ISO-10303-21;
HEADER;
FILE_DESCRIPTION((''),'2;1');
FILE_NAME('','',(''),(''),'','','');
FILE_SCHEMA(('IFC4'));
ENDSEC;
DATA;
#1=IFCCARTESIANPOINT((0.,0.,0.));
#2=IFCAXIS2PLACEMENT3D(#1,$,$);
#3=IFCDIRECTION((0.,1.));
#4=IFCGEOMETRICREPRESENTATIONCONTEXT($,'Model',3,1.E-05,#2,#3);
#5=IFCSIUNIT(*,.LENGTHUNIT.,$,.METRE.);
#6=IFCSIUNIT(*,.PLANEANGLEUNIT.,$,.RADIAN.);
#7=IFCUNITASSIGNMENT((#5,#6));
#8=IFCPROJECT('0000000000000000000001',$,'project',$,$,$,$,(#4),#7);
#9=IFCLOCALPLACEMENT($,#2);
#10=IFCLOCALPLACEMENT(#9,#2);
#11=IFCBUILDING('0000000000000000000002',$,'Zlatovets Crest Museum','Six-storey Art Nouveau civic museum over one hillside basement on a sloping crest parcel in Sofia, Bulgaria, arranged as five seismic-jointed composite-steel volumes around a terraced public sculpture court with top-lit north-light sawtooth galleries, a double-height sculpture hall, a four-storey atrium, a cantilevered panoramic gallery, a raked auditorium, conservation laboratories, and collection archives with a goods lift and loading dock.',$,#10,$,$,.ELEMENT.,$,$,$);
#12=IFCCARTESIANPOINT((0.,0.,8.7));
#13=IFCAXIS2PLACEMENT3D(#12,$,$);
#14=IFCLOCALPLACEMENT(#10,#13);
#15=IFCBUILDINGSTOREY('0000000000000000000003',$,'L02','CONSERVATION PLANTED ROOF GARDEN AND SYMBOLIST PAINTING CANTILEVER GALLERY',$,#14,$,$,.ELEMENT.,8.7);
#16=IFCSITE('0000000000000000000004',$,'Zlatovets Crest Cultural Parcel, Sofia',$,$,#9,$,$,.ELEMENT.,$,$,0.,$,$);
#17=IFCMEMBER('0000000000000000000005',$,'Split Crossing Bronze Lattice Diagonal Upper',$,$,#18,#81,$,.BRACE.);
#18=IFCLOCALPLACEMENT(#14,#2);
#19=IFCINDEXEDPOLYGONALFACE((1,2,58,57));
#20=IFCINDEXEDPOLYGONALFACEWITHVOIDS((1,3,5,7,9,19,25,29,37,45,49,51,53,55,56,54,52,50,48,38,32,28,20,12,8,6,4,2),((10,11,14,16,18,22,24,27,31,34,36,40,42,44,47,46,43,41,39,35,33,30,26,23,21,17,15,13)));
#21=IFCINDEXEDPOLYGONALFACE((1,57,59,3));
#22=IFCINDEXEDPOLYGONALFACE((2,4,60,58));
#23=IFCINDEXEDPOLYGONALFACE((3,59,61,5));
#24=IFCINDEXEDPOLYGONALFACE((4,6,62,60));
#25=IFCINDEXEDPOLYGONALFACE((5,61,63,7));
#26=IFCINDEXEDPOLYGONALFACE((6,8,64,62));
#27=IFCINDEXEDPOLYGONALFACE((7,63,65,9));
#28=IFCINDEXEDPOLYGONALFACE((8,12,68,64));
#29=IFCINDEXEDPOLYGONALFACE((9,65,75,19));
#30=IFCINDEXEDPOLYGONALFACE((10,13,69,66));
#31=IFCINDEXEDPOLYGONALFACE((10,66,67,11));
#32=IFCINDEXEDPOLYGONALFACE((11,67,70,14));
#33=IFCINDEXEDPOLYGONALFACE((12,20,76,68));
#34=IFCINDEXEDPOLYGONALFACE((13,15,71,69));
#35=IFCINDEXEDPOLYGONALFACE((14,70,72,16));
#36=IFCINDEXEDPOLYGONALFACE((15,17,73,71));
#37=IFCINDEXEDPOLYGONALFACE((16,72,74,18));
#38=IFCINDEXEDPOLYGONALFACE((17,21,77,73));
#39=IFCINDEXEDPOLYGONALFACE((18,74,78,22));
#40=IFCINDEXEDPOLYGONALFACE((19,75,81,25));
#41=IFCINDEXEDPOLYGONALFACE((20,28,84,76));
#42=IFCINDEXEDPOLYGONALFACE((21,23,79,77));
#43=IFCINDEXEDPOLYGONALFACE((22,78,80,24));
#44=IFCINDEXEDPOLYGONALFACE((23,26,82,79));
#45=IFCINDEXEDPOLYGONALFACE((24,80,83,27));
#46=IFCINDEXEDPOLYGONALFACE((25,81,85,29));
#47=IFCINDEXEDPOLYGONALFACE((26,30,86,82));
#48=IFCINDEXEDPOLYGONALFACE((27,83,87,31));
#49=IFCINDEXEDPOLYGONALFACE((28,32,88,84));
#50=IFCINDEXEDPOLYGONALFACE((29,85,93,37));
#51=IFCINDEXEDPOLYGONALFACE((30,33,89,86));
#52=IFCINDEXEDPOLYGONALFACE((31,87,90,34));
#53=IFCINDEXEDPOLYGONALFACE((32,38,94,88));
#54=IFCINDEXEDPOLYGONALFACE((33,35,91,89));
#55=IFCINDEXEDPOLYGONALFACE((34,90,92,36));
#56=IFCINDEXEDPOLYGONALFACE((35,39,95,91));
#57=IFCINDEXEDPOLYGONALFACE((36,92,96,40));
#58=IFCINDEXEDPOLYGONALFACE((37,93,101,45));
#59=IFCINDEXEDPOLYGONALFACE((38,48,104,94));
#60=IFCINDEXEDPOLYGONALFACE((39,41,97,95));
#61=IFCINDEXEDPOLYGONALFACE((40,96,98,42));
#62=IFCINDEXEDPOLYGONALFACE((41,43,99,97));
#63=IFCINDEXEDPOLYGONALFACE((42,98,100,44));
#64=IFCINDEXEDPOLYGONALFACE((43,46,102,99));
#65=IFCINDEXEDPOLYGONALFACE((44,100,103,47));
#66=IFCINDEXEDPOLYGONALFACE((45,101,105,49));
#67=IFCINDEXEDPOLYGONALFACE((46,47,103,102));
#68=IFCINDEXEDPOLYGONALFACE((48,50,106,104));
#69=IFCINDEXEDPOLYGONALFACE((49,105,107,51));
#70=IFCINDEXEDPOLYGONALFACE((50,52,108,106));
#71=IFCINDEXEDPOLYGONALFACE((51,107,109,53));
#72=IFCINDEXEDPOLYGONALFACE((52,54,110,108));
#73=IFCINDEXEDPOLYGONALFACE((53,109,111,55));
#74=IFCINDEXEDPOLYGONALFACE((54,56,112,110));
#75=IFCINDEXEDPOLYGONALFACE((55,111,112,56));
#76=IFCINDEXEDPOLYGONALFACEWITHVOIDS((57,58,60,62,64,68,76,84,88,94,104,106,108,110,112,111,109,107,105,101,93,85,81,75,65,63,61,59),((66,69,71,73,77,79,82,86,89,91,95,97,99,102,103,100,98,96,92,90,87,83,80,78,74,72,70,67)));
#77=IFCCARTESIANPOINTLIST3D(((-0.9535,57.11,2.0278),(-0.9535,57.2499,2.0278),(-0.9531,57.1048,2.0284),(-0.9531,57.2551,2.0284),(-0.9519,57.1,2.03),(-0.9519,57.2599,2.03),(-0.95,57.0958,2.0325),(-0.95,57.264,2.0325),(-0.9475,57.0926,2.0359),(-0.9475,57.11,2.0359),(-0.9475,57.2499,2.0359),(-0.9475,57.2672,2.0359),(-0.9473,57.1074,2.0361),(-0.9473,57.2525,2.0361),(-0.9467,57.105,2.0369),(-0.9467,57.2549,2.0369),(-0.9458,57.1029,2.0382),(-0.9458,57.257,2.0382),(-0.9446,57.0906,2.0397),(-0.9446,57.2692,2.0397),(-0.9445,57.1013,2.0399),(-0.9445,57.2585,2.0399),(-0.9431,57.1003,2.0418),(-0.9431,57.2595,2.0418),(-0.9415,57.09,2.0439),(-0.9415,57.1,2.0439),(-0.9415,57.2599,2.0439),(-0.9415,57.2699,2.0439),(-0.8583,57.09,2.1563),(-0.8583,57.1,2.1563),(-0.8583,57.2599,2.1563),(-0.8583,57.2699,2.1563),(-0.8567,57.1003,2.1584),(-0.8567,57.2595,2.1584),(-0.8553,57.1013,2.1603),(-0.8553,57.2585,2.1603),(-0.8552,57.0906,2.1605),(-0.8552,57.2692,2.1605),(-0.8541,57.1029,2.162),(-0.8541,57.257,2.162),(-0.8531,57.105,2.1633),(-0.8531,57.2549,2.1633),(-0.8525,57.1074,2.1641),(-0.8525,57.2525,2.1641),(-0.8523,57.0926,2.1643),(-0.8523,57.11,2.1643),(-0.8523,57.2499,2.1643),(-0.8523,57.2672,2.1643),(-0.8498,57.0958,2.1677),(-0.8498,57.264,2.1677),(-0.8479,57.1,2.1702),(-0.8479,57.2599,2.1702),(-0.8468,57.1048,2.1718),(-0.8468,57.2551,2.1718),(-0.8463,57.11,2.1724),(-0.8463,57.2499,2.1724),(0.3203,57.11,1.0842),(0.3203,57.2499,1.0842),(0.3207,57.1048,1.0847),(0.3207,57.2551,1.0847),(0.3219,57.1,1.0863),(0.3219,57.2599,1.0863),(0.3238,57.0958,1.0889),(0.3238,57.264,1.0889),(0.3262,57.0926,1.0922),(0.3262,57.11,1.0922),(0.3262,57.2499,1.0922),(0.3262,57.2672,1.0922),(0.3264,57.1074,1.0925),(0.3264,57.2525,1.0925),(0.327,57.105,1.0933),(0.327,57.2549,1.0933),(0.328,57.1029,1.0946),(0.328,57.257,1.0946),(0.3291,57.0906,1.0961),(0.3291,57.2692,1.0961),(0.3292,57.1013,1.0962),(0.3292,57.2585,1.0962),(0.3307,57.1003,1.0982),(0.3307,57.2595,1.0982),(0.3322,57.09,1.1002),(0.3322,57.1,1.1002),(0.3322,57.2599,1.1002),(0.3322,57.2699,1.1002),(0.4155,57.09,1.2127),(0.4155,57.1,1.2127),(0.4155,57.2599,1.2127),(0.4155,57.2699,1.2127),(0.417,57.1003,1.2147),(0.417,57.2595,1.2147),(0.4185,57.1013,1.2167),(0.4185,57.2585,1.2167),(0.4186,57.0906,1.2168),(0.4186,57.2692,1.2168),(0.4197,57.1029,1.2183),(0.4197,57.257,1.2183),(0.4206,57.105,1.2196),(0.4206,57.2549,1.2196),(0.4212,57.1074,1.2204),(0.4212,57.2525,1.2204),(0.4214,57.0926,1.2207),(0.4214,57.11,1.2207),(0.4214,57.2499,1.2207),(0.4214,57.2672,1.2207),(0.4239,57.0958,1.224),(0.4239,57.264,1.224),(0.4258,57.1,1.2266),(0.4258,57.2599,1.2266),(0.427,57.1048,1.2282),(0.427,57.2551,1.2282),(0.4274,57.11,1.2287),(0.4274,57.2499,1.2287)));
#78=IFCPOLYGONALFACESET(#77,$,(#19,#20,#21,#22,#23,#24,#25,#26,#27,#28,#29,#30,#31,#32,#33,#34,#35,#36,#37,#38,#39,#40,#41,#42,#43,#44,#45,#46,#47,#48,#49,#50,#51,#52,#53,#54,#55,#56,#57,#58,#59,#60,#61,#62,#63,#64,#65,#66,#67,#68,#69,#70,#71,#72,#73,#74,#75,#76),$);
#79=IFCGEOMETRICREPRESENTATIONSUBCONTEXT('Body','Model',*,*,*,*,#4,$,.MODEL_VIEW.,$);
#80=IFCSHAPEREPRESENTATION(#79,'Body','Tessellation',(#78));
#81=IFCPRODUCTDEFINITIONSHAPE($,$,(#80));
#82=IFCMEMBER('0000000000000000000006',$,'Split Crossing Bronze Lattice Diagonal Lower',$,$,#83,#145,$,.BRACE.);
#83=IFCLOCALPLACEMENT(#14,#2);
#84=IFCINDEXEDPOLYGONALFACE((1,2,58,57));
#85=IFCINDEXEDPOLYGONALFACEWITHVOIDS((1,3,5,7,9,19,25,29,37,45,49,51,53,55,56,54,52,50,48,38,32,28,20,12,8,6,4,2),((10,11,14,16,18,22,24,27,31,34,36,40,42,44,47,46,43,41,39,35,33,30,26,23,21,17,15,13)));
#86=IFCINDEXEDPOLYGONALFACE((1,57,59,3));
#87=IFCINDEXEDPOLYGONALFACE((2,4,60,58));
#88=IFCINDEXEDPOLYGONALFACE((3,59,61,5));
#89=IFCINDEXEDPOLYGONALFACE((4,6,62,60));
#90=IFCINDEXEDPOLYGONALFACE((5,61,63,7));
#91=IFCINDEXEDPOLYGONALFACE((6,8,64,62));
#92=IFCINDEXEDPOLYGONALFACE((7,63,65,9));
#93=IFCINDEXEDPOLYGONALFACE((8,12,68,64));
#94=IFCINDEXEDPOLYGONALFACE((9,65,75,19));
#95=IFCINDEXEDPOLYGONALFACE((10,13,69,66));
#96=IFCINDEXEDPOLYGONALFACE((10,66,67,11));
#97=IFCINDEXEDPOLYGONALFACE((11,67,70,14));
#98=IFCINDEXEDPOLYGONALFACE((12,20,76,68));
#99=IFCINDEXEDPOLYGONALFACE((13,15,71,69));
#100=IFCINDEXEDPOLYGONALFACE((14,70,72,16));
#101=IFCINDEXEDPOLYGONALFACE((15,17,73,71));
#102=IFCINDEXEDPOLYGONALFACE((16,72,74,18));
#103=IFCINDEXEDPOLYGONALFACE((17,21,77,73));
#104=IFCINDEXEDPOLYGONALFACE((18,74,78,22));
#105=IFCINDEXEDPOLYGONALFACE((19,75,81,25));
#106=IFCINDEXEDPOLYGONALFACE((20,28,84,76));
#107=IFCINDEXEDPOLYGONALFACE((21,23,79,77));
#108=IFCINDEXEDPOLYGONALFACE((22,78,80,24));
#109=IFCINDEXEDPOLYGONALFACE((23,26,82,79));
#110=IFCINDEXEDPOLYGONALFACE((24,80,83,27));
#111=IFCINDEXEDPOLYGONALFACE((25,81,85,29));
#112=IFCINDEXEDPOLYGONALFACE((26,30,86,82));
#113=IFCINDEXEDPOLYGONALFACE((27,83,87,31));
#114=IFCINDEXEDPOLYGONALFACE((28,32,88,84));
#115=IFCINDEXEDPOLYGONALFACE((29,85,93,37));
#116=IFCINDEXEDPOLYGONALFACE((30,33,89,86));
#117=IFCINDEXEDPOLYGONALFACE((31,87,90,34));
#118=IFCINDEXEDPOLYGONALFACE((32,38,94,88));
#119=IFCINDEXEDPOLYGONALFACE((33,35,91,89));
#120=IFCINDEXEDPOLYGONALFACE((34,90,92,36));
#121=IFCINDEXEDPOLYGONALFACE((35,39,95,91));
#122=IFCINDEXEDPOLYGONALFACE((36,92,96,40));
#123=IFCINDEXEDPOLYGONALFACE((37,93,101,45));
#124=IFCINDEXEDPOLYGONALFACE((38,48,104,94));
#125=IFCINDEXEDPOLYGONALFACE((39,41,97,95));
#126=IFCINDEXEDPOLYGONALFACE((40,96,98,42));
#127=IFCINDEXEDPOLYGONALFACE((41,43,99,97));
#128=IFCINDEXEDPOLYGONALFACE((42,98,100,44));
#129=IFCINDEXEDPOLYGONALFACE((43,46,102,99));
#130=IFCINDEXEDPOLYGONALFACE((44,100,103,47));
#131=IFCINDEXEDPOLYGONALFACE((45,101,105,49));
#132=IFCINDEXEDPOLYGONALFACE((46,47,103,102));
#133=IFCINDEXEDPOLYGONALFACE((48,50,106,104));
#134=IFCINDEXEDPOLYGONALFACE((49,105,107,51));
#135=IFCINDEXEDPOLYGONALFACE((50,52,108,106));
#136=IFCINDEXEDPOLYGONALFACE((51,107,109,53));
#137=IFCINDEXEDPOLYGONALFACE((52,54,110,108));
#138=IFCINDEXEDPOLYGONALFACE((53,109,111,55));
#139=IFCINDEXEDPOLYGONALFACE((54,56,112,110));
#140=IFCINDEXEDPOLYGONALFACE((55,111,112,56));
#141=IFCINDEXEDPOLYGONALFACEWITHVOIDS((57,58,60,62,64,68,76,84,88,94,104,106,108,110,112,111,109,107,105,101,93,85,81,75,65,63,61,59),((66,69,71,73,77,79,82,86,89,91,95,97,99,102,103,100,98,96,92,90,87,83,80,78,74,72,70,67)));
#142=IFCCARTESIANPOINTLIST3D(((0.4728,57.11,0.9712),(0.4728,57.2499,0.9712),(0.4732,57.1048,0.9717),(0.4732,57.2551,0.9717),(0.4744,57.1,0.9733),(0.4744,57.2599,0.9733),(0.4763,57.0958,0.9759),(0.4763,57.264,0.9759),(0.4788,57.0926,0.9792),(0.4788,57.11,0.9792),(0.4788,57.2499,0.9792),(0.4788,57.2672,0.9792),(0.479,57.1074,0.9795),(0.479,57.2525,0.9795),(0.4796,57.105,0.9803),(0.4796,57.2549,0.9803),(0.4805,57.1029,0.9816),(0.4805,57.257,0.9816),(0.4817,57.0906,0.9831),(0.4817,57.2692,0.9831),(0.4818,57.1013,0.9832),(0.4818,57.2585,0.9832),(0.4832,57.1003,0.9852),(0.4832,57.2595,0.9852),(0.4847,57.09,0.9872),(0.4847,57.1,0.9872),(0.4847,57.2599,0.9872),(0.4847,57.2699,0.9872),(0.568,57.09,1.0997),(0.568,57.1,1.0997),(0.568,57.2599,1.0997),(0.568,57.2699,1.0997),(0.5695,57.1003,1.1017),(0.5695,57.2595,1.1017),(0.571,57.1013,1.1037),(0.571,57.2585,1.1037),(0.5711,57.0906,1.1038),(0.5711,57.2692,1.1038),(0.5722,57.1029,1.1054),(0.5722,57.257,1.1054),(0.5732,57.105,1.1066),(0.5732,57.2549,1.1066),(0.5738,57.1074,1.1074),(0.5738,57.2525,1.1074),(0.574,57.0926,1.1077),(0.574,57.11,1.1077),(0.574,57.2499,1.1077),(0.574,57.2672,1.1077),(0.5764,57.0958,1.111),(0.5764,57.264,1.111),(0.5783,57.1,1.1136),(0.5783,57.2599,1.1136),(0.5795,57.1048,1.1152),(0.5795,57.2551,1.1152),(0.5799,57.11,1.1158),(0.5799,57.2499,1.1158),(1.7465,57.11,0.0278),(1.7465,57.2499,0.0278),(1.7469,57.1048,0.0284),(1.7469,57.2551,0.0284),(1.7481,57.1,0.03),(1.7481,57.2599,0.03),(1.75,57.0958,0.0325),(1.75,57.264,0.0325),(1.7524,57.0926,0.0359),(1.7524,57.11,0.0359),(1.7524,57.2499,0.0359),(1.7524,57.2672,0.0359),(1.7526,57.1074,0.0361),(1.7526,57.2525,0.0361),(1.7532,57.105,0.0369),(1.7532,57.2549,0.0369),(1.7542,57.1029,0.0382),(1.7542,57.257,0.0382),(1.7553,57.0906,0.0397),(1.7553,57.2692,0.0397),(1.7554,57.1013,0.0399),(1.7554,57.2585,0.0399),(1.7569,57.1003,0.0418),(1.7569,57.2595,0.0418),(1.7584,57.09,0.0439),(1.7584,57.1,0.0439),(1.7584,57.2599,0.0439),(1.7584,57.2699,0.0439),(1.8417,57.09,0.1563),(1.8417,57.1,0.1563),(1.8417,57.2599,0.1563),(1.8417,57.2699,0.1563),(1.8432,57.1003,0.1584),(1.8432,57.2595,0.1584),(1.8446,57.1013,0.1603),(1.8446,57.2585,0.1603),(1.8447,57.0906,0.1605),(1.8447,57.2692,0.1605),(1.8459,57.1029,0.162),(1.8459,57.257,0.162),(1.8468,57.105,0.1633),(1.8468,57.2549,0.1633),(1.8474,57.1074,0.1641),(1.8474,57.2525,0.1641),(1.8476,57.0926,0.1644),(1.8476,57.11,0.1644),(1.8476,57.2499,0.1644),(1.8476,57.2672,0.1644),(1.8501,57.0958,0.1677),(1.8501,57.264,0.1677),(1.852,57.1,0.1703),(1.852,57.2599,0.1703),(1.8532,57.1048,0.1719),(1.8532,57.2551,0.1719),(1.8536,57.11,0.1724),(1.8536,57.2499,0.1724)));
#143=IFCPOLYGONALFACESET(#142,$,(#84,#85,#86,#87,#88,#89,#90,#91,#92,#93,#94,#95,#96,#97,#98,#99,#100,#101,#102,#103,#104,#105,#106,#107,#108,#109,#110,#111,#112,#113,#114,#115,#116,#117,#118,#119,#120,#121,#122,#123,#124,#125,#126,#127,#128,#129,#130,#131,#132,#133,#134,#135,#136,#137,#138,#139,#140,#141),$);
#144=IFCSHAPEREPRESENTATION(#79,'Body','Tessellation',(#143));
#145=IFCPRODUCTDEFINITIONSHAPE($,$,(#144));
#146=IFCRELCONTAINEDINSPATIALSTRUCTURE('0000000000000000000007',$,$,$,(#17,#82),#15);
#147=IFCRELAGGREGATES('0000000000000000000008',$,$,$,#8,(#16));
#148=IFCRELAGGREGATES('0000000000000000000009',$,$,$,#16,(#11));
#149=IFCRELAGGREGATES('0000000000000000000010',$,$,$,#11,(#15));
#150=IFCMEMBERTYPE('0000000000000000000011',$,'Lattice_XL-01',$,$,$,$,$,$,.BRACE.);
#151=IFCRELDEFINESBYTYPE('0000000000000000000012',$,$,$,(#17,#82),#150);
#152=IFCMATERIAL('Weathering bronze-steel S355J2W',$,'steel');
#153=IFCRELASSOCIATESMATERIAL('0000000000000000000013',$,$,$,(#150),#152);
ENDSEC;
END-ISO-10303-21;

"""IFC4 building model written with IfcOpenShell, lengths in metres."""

from ifc_helpers import new_model, si_unit, direction, frame, origin, origin_2d, place, context, subcontext, project, spatial, hollow_rectangle, extrude, material, material_profile, profile_set, type_object, element, save


model = new_model("IFC4")

# Units and contexts
model_context = context("Model", 3, precision=1e-05, world=origin(), true_north=direction((0.0, 1.0)))
body_context = subcontext(model_context, "Body", "Model", "MODEL_VIEW")
ifc_project = project(units=[si_unit("LENGTHUNIT", "METRE"), si_unit("PLANEANGLEUNIT", "RADIAN")], contexts=[model_context])

# Site, building, storey
site_placement = place(None, origin())
site = spatial("IfcSite", under=ifc_project, at=site_placement, Name="Zlatovets Crest Cultural Parcel, Sofia", CompositionType="ELEMENT", RefElevation=0.0)
building_placement = place(site_placement, origin())
building = spatial("IfcBuilding", under=site, at=building_placement, Name="Zlatovets Crest Museum", Description="Six-storey Art Nouveau civic museum over one hillside basement on a sloping crest parcel in Sofia, Bulgaria, arranged as five seismic-jointed composite-steel volumes around a terraced public sculpture court with top-lit north-light sawtooth galleries, a double-height sculpture hall, a four-storey atrium, a cantilevered panoramic gallery, a raked auditorium, conservation laboratories, and collection archives with a goods lift and loading dock.", CompositionType="ELEMENT")
storey_placement = place(building_placement, frame((0.0, 0.0, 8.7)))
storey = spatial("IfcBuildingStorey", under=building, at=storey_placement, Name="L02", Description="CONSERVATION PLANTED ROOF GARDEN AND SYMBOLIST PAINTING CANTILEVER GALLERY", CompositionType="ELEMENT", Elevation=8.7)

# Members
ifc_material_1 = material(Name="Weathering bronze-steel S355J2W", Category="steel")
ifc_material_profile_1 = material_profile(ifc_material_1, hollow_rectangle(XDim=0.1799, YDim=0.1799, WallThickness=0.01, InnerFilletRadius=0.01, OuterFilletRadius=0.02, at=origin_2d()), Name="SHS 180x180x10.0")
ifc_profile_set_1 = profile_set([ifc_material_profile_1], Name="Weathering bronze-steel S355J2W")
member_type_1 = type_object("IfcMemberType", Name="Lattice_XL-01", PredefinedType="BRACE", material=ifc_profile_set_1)
member_1_placement = place(storey_placement, frame((-0.8999, 57.1799, 2.1001), z_axis=(0.803516, 0.0, -0.595283), x_axis=(0.0, 1.0, 0.0)))
element("IfcMember", 1, at=member_1_placement, inside=storey, type_object=member_type_1, Name="Split Crossing Bronze Lattice Diagonal Upper", PredefinedType="BRACE", context=body_context, shape_type="SweptSolid", body=[
    extrude(hollow_rectangle(XDim=0.1799, YDim=0.1799, WallThickness=0.01, InnerFilletRadius=0.01, OuterFilletRadius=0.02, at=origin_2d()), origin(), (0.0, 0.0, 1.0), 1.5852),
])
for number, where, z_axis, x_axis, name in (
    (2, (0.5264, 57.1799, 1.0435), (0.80359, 0.0, -0.595183), (0.0, 1.0, 0.0), "Split Crossing Bronze Lattice Diagonal Lower"),
):
    element("IfcMember", number, at=place(storey_placement, frame(where, z_axis=z_axis, x_axis=x_axis)), inside=storey, type_object=member_type_1, Name=name, PredefinedType="BRACE", context=body_context, shape_type="SweptSolid", body=[
        extrude(hollow_rectangle(XDim=0.1799, YDim=0.1799, WallThickness=0.01, InnerFilletRadius=0.01, OuterFilletRadius=0.02, at=origin_2d()), origin(), (0.0, 0.0, 1.0), 1.585),
    ])

save(model, "model.ifc")
